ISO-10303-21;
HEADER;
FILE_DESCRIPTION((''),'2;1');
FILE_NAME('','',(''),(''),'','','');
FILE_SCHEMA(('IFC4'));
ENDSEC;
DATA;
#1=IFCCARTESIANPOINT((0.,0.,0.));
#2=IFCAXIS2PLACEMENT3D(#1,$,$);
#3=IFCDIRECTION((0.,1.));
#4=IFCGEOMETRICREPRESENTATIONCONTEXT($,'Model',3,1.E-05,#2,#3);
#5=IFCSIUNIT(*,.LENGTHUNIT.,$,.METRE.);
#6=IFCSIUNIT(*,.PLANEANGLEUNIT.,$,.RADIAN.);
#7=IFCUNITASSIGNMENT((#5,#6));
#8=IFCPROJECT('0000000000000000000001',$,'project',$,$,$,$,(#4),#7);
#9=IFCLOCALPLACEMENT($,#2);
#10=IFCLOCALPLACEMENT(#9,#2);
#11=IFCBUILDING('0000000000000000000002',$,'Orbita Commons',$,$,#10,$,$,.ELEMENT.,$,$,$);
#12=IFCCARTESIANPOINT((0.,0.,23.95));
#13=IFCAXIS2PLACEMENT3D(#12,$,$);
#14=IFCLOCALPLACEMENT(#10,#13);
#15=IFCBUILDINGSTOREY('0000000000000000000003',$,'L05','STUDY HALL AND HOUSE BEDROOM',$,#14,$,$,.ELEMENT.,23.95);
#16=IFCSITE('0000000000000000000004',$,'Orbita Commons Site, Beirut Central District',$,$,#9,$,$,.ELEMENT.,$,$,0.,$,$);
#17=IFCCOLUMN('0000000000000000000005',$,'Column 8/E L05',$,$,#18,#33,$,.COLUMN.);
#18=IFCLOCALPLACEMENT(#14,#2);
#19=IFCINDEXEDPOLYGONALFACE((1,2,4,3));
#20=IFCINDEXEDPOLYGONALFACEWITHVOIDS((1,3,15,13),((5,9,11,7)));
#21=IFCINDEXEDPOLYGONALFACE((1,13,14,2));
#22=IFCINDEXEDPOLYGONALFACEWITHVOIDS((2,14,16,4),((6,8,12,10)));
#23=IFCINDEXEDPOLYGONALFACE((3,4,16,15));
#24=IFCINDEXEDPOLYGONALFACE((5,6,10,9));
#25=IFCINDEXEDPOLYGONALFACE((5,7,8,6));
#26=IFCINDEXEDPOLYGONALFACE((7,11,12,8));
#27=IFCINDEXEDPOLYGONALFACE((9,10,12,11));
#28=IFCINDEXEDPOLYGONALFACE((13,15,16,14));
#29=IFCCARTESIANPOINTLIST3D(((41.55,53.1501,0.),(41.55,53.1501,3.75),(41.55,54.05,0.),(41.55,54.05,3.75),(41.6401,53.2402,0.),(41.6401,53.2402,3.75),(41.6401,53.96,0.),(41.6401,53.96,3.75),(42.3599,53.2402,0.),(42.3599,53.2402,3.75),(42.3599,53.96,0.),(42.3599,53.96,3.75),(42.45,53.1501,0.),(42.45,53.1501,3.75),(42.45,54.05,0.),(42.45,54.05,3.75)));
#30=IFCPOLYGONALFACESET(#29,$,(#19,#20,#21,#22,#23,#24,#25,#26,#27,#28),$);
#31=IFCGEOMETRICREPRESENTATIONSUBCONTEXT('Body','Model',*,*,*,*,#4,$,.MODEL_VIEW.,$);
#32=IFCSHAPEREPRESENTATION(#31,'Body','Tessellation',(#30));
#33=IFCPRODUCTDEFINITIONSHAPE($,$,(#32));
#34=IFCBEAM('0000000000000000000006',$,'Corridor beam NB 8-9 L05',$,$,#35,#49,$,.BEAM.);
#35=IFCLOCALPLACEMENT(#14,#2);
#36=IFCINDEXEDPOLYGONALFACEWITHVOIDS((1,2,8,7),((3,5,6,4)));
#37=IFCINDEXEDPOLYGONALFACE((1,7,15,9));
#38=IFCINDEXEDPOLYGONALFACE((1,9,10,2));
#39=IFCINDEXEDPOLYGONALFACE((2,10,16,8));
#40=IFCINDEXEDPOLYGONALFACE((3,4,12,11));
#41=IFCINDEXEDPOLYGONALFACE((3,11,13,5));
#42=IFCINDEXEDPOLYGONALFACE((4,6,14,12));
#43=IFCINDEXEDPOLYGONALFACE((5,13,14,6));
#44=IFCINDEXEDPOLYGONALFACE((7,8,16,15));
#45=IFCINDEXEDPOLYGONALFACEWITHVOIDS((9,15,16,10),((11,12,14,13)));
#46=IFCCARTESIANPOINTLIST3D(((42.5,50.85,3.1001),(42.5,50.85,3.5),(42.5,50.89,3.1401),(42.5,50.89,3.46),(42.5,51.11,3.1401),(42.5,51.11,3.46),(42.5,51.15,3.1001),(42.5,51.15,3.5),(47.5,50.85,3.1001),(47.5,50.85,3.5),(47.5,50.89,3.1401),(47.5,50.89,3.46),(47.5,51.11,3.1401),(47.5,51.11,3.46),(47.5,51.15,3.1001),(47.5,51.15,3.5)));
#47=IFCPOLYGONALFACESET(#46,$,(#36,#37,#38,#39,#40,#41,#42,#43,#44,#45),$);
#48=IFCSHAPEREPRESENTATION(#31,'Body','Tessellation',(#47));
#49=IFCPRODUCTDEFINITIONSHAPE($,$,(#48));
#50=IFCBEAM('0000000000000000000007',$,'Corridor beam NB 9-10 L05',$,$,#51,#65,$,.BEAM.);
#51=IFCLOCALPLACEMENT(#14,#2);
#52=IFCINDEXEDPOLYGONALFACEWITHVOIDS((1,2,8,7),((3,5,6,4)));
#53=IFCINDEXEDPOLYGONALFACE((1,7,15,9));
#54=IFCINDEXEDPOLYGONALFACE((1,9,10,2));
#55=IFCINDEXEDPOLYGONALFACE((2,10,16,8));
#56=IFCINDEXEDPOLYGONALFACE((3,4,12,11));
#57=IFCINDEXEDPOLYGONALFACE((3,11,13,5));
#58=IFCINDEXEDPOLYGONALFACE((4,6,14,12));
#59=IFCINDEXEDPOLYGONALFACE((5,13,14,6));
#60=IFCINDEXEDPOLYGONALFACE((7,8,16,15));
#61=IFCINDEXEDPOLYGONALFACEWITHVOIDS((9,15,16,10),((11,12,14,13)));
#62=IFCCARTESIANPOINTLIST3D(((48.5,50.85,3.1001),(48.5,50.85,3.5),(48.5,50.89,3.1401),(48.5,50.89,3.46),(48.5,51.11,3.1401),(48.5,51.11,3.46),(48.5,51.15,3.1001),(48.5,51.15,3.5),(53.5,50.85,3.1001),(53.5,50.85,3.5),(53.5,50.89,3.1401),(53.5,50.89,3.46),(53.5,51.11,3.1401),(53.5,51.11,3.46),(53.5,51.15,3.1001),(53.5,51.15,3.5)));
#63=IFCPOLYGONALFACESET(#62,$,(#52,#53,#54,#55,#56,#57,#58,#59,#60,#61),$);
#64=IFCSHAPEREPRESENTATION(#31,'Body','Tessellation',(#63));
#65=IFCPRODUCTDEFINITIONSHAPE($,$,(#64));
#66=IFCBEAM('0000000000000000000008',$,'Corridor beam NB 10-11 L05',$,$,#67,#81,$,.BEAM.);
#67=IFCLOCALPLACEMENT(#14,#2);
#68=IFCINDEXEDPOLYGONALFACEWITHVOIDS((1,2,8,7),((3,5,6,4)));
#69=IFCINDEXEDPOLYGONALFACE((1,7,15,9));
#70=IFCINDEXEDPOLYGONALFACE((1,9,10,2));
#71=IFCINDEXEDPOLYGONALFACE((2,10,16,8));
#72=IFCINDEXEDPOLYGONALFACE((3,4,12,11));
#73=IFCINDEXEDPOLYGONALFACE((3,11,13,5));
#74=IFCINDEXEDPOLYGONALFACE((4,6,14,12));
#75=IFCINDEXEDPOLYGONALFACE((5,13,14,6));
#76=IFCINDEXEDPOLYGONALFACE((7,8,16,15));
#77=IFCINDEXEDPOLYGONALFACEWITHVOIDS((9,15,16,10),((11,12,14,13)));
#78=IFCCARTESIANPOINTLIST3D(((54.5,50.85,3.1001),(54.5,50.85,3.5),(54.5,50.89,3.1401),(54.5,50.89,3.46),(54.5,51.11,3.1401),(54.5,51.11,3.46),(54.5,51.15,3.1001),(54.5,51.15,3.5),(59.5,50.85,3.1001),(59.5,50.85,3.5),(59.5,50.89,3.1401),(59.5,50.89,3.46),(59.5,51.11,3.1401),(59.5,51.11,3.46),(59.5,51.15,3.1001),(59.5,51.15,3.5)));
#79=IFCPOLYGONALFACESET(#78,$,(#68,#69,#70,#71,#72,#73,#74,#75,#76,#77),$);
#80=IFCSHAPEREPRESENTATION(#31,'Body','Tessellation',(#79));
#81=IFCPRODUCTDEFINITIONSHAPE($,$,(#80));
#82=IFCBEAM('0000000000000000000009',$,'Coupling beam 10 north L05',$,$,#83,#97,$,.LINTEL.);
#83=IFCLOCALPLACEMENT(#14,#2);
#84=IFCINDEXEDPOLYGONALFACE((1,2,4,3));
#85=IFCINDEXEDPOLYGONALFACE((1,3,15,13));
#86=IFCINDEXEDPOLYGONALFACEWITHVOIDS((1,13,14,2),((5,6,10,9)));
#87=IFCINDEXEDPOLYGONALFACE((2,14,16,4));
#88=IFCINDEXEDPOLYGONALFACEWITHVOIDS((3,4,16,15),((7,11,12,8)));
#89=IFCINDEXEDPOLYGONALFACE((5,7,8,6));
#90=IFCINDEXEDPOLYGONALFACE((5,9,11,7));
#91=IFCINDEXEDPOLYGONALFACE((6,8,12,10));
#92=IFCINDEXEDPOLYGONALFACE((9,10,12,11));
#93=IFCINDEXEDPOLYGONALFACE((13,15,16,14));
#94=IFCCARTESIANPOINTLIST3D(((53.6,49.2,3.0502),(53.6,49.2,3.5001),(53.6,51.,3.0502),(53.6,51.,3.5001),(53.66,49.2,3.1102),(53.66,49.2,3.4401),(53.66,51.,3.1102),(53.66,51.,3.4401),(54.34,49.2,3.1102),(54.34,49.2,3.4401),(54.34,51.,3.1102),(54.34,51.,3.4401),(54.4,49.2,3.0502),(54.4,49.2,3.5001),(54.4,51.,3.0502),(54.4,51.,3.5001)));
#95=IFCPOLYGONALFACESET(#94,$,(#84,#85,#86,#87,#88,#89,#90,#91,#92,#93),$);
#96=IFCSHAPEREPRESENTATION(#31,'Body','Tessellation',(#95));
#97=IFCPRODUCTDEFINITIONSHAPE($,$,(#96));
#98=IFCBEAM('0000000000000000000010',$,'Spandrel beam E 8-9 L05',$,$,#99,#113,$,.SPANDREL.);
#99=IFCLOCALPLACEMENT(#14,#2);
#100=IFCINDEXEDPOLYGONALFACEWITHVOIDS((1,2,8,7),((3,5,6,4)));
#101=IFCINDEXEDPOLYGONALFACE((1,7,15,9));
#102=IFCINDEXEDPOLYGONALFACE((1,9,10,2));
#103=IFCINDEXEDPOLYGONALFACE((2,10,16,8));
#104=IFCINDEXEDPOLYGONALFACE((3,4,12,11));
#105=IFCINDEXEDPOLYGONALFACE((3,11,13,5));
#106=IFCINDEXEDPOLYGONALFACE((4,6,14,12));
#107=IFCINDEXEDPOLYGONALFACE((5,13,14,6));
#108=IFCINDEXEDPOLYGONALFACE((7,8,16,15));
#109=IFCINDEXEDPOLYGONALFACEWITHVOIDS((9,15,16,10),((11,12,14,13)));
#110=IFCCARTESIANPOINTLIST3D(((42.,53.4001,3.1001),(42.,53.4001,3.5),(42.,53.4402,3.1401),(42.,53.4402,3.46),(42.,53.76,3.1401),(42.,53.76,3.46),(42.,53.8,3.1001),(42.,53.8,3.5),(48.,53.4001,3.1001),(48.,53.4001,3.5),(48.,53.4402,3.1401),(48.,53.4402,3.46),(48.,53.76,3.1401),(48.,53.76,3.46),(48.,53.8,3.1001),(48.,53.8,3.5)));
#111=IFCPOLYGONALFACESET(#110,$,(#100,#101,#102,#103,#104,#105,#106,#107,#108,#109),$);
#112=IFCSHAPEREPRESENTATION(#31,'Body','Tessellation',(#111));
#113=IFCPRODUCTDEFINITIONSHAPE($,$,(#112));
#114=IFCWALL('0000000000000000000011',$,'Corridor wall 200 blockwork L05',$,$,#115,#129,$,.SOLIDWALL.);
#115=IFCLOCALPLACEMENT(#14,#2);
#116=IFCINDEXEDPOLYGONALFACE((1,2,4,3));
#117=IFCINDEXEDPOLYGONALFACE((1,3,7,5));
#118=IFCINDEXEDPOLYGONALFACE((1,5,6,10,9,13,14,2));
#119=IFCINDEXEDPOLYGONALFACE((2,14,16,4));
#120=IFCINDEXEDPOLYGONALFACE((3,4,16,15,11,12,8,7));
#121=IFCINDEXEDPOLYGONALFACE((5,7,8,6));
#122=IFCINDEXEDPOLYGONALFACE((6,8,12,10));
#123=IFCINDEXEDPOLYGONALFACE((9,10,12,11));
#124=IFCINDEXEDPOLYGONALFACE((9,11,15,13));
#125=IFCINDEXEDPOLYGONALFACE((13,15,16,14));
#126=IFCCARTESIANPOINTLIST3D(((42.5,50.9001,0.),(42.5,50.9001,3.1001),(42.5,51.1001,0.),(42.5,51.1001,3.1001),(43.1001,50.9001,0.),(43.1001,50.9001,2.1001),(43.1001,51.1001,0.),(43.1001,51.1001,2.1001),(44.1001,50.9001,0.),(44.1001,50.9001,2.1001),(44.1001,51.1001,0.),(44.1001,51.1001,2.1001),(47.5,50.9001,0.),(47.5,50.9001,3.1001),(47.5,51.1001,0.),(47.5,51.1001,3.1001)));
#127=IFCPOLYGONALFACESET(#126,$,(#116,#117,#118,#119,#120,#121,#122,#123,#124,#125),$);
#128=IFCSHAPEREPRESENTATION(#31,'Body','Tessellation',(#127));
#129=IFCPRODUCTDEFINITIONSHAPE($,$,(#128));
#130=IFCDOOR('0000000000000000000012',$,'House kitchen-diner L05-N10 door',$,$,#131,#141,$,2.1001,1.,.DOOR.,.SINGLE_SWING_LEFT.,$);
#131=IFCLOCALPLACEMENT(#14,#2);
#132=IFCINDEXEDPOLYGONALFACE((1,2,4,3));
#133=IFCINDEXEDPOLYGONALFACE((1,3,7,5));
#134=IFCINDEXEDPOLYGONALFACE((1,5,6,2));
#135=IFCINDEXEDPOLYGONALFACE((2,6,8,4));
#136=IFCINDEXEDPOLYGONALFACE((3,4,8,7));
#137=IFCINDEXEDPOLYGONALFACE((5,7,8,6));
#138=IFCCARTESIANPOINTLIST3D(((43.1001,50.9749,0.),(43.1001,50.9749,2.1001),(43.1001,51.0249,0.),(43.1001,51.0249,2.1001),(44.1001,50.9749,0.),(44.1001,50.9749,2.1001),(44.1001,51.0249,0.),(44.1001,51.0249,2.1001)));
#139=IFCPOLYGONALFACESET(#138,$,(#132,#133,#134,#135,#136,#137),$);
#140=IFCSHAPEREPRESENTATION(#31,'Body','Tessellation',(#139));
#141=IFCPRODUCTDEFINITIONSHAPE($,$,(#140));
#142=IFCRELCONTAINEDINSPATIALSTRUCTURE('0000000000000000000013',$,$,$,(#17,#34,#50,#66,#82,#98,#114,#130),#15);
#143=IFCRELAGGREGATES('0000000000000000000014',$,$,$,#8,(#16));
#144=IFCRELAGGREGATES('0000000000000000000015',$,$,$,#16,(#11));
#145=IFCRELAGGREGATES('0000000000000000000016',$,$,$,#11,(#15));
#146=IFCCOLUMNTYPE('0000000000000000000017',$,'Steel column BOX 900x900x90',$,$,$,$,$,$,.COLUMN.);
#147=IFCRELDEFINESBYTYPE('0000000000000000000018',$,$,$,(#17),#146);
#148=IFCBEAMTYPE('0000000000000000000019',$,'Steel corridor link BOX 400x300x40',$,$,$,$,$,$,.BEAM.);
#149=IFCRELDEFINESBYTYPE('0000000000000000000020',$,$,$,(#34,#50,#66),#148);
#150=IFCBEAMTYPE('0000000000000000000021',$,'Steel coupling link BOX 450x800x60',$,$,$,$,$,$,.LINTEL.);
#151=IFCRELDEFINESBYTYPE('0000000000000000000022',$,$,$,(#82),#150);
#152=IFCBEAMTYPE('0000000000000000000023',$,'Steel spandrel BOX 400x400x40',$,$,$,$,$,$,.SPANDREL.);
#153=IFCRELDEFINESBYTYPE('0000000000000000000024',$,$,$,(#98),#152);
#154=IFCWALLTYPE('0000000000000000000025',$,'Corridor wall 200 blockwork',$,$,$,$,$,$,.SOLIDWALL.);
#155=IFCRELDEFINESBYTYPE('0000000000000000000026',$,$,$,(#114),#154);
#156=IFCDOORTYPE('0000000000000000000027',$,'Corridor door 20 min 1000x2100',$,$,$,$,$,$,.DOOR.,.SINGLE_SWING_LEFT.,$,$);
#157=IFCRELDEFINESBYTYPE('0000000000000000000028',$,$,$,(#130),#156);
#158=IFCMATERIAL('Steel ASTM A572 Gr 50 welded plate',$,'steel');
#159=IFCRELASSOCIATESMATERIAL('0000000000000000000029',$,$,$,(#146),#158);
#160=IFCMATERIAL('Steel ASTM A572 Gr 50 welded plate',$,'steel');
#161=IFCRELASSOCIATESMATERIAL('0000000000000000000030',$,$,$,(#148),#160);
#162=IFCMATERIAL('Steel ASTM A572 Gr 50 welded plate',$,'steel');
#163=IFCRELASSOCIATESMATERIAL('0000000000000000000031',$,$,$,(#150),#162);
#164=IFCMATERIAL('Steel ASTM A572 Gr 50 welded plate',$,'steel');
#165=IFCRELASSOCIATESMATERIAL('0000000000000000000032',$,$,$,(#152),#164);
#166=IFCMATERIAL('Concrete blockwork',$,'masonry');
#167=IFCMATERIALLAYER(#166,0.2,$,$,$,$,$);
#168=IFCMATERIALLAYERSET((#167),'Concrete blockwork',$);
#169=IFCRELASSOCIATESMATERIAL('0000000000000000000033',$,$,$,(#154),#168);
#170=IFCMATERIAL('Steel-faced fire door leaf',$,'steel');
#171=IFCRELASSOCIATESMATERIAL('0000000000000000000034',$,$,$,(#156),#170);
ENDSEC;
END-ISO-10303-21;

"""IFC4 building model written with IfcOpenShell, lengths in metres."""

from ifc_helpers import new_model, si_unit, direction, frame, frame_2d, origin, origin_2d, place, context, subcontext, project, spatial, polyline, rectangle, hollow_rectangle, outline, extrude, material, layer, layer_set, material_profile, profile_set, type_object, element, fill, save


model = new_model("IFC4")

# Units and contexts
model_context = context("Model", 3, precision=1e-05, world=origin(), true_north=direction((0.0, 1.0)))
body_context = subcontext(model_context, "Body", "Model", "MODEL_VIEW")
ifc_project = project(units=[si_unit("LENGTHUNIT", "METRE"), si_unit("PLANEANGLEUNIT", "RADIAN")], contexts=[model_context])

# Site, building, storey
site_placement = place(None, origin())
site = spatial("IfcSite", under=ifc_project, at=site_placement, Name="Orbita Commons Site, Beirut Central District", CompositionType="ELEMENT", RefElevation=0.0)
building_placement = place(site_placement, origin())
building = spatial("IfcBuilding", under=site, at=building_placement, Name="Orbita Commons", CompositionType="ELEMENT")
storey_placement = place(building_placement, frame((0.0, 0.0, 23.95)))
storey = spatial("IfcBuildingStorey", under=building, at=storey_placement, Name="L05", Description="STUDY HALL AND HOUSE BEDROOM", CompositionType="ELEMENT", Elevation=23.95)

# Column
ifc_material_1 = material(Name="Steel ASTM A572 Gr 50 welded plate", Category="steel")
ifc_material_profile_1 = material_profile(ifc_material_1, hollow_rectangle(XDim=0.8999, YDim=0.8999, WallThickness=0.0901, at=origin_2d()), Name="BOX 900x900x90")
ifc_profile_set_1 = profile_set([ifc_material_profile_1], Name="Steel ASTM A572 Gr 50 welded plate")
column_type = type_object("IfcColumnType", Name="Steel column BOX 900x900x90", PredefinedType="COLUMN", material=ifc_profile_set_1)
column_placement = place(storey_placement, frame((42.0, 53.6001, 0.0), z_axis=(0.0, 0.0, 1.0), x_axis=(1.0, 0.0, 0.0)))
element("IfcColumn", 1, at=column_placement, inside=storey, type_object=column_type, Name="Column 8/E L05", PredefinedType="COLUMN", context=body_context, shape_type="SweptSolid", body=[
    extrude(hollow_rectangle(XDim=0.8999, YDim=0.8999, WallThickness=0.0901, at=origin_2d()), origin(), (0.0, 0.0, 1.0), 3.75),
])

# Beams
ifc_material_2 = material(Name="Steel ASTM A572 Gr 50 welded plate", Category="steel")
ifc_material_profile_2 = material_profile(ifc_material_2, hollow_rectangle(XDim=0.3, YDim=0.3999, WallThickness=0.04, at=origin_2d()), Name="BOX 400x300x40")
ifc_profile_set_2 = profile_set([ifc_material_profile_2], Name="Steel ASTM A572 Gr 50 welded plate")
beam_type_1 = type_object("IfcBeamType", Name="Steel corridor link BOX 400x300x40", PredefinedType="BEAM", material=ifc_profile_set_2)
for number, where, z_axis, x_axis, name in (
    (2, (42.5, 51.0, 3.3), (1.0, 0.0, 0.0), (0.0, 1.0, 0.0), "Corridor beam NB 8-9 L05"),
    (3, (48.5, 51.0, 3.3), (1.0, 0.0, 0.0), (0.0, 1.0, 0.0), "Corridor beam NB 9-10 L05"),
    (4, (54.5, 51.0, 3.3), (1.0, 0.0, 0.0), (0.0, 1.0, 0.0), "Corridor beam NB 10-11 L05"),
):
    element("IfcBeam", number, at=place(storey_placement, frame(where, z_axis=z_axis, x_axis=x_axis)), inside=storey, type_object=beam_type_1, Name=name, PredefinedType="BEAM", context=body_context, shape_type="SweptSolid", body=[
        extrude(hollow_rectangle(XDim=0.3, YDim=0.3999, WallThickness=0.04, at=origin_2d()), origin(), (0.0, 0.0, 1.0), 5.0),
    ])
ifc_material_3 = material(Name="Steel ASTM A572 Gr 50 welded plate", Category="steel")
ifc_material_profile_3 = material_profile(ifc_material_3, hollow_rectangle(XDim=0.8, YDim=0.45, WallThickness=0.0601, at=origin_2d()), Name="BOX 450x800x60")
ifc_profile_set_3 = profile_set([ifc_material_profile_3], Name="Steel ASTM A572 Gr 50 welded plate")
beam_type_2 = type_object("IfcBeamType", Name="Steel coupling link BOX 450x800x60", PredefinedType="LINTEL", material=ifc_profile_set_3)
beam_1_placement = place(storey_placement, frame((54.0, 49.2, 3.2751), z_axis=(0.0, 1.0, 0.0), x_axis=(-1.0, 0.0, 0.0)))
element("IfcBeam", 5, at=beam_1_placement, inside=storey, type_object=beam_type_2, Name="Coupling beam 10 north L05", PredefinedType="LINTEL", context=body_context, shape_type="SweptSolid", body=[
    extrude(hollow_rectangle(XDim=0.8, YDim=0.45, WallThickness=0.0601, at=origin_2d()), origin(), (0.0, 0.0, 1.0), 1.8),
])
ifc_material_4 = material(Name="Steel ASTM A572 Gr 50 welded plate", Category="steel")
ifc_material_profile_4 = material_profile(ifc_material_4, hollow_rectangle(XDim=0.3999, YDim=0.3999, WallThickness=0.04, at=origin_2d()), Name="BOX 400x400x40")
ifc_profile_set_4 = profile_set([ifc_material_profile_4], Name="Steel ASTM A572 Gr 50 welded plate")
beam_type_3 = type_object("IfcBeamType", Name="Steel spandrel BOX 400x400x40", PredefinedType="SPANDREL", material=ifc_profile_set_4)
beam_2_placement = place(storey_placement, frame((42.0, 53.6001, 3.3), z_axis=(1.0, 0.0, 0.0), x_axis=(0.0, 1.0, 0.0)))
element("IfcBeam", 6, at=beam_2_placement, inside=storey, type_object=beam_type_3, Name="Spandrel beam E 8-9 L05", PredefinedType="SPANDREL", context=body_context, shape_type="SweptSolid", body=[
    extrude(hollow_rectangle(XDim=0.3999, YDim=0.3999, WallThickness=0.04, at=origin_2d()), origin(), (0.0, 0.0, 1.0), 6.0),
])

# Wall, opening, door
ifc_material_5 = material(Name="Concrete blockwork", Category="masonry")
ifc_layer_1 = layer(ifc_material_5, 0.2)
ifc_layer_set_1 = layer_set([ifc_layer_1], Name="Concrete blockwork")
wall_type_1 = type_object("IfcWallType", Name="Corridor wall 200 blockwork", PredefinedType="SOLIDWALL", material=ifc_layer_set_1)
wall_1_placement = place(storey_placement, frame((42.5, 51.0, 0.0), z_axis=(0.0, 0.0, 1.0), x_axis=(1.0, 0.0, 0.0)))
wall_1 = element("IfcWall", 7, at=wall_1_placement, inside=storey, type_object=wall_type_1, Name="Corridor wall 200 blockwork L05", PredefinedType="SOLIDWALL", context=body_context, shape_type="SweptSolid", body=[
    extrude(outline(polyline([(0.0, 0.0), (5.0, 0.0), (5.0, 3.1001), (0.0, 3.1001), (0.0, 0.0)])), frame((0.0, 0.1001, 0.0), z_axis=(0.0, -1.0, 0.0), x_axis=(1.0, 0.0, 0.0)), (0.0, 0.0, 1.0), 0.2),
])
opening_1_placement = place(wall_1_placement, frame((0.6001, 0.0, 0.0)))
opening_1 = element("IfcOpeningElement", 8, at=opening_1_placement, cuts=wall_1, PredefinedType="OPENING", context=body_context, shape_type="SweptSolid", body=[
    extrude(rectangle(XDim=1.0, YDim=2.1001, at=frame_2d((0.5, 1.05))), frame((0.0, 0.1099, 0.0), z_axis=(0.0, -1.0, 0.0), x_axis=(1.0, 0.0, 0.0)), (0.0, 0.0, 1.0), 0.22),
])
ifc_material_6 = material(Name="Steel-faced fire door leaf", Category="steel")
door_type_1 = type_object("IfcDoorType", Name="Corridor door 20 min 1000x2100", OperationType="SINGLE_SWING_LEFT", PredefinedType="DOOR", material=ifc_material_6)
door_1_placement = place(opening_1_placement, origin())
door_1 = element("IfcDoor", 9, at=door_1_placement, inside=storey, type_object=door_type_1, Name="House kitchen-diner L05-N10 door", OperationType="SINGLE_SWING_LEFT", OverallHeight=2.1001, OverallWidth=1.0, PredefinedType="DOOR", context=body_context, shape_type="SweptSolid", body=[
    extrude(rectangle(XDim=1.0, YDim=2.1001, at=frame_2d((0.5, 1.05))), frame((0.0, 0.0249, 0.0), z_axis=(0.0, -1.0, 0.0), x_axis=(1.0, 0.0, 0.0)), (0.0, 0.0, 1.0), 0.05),
])
fill(opening_1, door_1)

save(model, "model.ifc")
